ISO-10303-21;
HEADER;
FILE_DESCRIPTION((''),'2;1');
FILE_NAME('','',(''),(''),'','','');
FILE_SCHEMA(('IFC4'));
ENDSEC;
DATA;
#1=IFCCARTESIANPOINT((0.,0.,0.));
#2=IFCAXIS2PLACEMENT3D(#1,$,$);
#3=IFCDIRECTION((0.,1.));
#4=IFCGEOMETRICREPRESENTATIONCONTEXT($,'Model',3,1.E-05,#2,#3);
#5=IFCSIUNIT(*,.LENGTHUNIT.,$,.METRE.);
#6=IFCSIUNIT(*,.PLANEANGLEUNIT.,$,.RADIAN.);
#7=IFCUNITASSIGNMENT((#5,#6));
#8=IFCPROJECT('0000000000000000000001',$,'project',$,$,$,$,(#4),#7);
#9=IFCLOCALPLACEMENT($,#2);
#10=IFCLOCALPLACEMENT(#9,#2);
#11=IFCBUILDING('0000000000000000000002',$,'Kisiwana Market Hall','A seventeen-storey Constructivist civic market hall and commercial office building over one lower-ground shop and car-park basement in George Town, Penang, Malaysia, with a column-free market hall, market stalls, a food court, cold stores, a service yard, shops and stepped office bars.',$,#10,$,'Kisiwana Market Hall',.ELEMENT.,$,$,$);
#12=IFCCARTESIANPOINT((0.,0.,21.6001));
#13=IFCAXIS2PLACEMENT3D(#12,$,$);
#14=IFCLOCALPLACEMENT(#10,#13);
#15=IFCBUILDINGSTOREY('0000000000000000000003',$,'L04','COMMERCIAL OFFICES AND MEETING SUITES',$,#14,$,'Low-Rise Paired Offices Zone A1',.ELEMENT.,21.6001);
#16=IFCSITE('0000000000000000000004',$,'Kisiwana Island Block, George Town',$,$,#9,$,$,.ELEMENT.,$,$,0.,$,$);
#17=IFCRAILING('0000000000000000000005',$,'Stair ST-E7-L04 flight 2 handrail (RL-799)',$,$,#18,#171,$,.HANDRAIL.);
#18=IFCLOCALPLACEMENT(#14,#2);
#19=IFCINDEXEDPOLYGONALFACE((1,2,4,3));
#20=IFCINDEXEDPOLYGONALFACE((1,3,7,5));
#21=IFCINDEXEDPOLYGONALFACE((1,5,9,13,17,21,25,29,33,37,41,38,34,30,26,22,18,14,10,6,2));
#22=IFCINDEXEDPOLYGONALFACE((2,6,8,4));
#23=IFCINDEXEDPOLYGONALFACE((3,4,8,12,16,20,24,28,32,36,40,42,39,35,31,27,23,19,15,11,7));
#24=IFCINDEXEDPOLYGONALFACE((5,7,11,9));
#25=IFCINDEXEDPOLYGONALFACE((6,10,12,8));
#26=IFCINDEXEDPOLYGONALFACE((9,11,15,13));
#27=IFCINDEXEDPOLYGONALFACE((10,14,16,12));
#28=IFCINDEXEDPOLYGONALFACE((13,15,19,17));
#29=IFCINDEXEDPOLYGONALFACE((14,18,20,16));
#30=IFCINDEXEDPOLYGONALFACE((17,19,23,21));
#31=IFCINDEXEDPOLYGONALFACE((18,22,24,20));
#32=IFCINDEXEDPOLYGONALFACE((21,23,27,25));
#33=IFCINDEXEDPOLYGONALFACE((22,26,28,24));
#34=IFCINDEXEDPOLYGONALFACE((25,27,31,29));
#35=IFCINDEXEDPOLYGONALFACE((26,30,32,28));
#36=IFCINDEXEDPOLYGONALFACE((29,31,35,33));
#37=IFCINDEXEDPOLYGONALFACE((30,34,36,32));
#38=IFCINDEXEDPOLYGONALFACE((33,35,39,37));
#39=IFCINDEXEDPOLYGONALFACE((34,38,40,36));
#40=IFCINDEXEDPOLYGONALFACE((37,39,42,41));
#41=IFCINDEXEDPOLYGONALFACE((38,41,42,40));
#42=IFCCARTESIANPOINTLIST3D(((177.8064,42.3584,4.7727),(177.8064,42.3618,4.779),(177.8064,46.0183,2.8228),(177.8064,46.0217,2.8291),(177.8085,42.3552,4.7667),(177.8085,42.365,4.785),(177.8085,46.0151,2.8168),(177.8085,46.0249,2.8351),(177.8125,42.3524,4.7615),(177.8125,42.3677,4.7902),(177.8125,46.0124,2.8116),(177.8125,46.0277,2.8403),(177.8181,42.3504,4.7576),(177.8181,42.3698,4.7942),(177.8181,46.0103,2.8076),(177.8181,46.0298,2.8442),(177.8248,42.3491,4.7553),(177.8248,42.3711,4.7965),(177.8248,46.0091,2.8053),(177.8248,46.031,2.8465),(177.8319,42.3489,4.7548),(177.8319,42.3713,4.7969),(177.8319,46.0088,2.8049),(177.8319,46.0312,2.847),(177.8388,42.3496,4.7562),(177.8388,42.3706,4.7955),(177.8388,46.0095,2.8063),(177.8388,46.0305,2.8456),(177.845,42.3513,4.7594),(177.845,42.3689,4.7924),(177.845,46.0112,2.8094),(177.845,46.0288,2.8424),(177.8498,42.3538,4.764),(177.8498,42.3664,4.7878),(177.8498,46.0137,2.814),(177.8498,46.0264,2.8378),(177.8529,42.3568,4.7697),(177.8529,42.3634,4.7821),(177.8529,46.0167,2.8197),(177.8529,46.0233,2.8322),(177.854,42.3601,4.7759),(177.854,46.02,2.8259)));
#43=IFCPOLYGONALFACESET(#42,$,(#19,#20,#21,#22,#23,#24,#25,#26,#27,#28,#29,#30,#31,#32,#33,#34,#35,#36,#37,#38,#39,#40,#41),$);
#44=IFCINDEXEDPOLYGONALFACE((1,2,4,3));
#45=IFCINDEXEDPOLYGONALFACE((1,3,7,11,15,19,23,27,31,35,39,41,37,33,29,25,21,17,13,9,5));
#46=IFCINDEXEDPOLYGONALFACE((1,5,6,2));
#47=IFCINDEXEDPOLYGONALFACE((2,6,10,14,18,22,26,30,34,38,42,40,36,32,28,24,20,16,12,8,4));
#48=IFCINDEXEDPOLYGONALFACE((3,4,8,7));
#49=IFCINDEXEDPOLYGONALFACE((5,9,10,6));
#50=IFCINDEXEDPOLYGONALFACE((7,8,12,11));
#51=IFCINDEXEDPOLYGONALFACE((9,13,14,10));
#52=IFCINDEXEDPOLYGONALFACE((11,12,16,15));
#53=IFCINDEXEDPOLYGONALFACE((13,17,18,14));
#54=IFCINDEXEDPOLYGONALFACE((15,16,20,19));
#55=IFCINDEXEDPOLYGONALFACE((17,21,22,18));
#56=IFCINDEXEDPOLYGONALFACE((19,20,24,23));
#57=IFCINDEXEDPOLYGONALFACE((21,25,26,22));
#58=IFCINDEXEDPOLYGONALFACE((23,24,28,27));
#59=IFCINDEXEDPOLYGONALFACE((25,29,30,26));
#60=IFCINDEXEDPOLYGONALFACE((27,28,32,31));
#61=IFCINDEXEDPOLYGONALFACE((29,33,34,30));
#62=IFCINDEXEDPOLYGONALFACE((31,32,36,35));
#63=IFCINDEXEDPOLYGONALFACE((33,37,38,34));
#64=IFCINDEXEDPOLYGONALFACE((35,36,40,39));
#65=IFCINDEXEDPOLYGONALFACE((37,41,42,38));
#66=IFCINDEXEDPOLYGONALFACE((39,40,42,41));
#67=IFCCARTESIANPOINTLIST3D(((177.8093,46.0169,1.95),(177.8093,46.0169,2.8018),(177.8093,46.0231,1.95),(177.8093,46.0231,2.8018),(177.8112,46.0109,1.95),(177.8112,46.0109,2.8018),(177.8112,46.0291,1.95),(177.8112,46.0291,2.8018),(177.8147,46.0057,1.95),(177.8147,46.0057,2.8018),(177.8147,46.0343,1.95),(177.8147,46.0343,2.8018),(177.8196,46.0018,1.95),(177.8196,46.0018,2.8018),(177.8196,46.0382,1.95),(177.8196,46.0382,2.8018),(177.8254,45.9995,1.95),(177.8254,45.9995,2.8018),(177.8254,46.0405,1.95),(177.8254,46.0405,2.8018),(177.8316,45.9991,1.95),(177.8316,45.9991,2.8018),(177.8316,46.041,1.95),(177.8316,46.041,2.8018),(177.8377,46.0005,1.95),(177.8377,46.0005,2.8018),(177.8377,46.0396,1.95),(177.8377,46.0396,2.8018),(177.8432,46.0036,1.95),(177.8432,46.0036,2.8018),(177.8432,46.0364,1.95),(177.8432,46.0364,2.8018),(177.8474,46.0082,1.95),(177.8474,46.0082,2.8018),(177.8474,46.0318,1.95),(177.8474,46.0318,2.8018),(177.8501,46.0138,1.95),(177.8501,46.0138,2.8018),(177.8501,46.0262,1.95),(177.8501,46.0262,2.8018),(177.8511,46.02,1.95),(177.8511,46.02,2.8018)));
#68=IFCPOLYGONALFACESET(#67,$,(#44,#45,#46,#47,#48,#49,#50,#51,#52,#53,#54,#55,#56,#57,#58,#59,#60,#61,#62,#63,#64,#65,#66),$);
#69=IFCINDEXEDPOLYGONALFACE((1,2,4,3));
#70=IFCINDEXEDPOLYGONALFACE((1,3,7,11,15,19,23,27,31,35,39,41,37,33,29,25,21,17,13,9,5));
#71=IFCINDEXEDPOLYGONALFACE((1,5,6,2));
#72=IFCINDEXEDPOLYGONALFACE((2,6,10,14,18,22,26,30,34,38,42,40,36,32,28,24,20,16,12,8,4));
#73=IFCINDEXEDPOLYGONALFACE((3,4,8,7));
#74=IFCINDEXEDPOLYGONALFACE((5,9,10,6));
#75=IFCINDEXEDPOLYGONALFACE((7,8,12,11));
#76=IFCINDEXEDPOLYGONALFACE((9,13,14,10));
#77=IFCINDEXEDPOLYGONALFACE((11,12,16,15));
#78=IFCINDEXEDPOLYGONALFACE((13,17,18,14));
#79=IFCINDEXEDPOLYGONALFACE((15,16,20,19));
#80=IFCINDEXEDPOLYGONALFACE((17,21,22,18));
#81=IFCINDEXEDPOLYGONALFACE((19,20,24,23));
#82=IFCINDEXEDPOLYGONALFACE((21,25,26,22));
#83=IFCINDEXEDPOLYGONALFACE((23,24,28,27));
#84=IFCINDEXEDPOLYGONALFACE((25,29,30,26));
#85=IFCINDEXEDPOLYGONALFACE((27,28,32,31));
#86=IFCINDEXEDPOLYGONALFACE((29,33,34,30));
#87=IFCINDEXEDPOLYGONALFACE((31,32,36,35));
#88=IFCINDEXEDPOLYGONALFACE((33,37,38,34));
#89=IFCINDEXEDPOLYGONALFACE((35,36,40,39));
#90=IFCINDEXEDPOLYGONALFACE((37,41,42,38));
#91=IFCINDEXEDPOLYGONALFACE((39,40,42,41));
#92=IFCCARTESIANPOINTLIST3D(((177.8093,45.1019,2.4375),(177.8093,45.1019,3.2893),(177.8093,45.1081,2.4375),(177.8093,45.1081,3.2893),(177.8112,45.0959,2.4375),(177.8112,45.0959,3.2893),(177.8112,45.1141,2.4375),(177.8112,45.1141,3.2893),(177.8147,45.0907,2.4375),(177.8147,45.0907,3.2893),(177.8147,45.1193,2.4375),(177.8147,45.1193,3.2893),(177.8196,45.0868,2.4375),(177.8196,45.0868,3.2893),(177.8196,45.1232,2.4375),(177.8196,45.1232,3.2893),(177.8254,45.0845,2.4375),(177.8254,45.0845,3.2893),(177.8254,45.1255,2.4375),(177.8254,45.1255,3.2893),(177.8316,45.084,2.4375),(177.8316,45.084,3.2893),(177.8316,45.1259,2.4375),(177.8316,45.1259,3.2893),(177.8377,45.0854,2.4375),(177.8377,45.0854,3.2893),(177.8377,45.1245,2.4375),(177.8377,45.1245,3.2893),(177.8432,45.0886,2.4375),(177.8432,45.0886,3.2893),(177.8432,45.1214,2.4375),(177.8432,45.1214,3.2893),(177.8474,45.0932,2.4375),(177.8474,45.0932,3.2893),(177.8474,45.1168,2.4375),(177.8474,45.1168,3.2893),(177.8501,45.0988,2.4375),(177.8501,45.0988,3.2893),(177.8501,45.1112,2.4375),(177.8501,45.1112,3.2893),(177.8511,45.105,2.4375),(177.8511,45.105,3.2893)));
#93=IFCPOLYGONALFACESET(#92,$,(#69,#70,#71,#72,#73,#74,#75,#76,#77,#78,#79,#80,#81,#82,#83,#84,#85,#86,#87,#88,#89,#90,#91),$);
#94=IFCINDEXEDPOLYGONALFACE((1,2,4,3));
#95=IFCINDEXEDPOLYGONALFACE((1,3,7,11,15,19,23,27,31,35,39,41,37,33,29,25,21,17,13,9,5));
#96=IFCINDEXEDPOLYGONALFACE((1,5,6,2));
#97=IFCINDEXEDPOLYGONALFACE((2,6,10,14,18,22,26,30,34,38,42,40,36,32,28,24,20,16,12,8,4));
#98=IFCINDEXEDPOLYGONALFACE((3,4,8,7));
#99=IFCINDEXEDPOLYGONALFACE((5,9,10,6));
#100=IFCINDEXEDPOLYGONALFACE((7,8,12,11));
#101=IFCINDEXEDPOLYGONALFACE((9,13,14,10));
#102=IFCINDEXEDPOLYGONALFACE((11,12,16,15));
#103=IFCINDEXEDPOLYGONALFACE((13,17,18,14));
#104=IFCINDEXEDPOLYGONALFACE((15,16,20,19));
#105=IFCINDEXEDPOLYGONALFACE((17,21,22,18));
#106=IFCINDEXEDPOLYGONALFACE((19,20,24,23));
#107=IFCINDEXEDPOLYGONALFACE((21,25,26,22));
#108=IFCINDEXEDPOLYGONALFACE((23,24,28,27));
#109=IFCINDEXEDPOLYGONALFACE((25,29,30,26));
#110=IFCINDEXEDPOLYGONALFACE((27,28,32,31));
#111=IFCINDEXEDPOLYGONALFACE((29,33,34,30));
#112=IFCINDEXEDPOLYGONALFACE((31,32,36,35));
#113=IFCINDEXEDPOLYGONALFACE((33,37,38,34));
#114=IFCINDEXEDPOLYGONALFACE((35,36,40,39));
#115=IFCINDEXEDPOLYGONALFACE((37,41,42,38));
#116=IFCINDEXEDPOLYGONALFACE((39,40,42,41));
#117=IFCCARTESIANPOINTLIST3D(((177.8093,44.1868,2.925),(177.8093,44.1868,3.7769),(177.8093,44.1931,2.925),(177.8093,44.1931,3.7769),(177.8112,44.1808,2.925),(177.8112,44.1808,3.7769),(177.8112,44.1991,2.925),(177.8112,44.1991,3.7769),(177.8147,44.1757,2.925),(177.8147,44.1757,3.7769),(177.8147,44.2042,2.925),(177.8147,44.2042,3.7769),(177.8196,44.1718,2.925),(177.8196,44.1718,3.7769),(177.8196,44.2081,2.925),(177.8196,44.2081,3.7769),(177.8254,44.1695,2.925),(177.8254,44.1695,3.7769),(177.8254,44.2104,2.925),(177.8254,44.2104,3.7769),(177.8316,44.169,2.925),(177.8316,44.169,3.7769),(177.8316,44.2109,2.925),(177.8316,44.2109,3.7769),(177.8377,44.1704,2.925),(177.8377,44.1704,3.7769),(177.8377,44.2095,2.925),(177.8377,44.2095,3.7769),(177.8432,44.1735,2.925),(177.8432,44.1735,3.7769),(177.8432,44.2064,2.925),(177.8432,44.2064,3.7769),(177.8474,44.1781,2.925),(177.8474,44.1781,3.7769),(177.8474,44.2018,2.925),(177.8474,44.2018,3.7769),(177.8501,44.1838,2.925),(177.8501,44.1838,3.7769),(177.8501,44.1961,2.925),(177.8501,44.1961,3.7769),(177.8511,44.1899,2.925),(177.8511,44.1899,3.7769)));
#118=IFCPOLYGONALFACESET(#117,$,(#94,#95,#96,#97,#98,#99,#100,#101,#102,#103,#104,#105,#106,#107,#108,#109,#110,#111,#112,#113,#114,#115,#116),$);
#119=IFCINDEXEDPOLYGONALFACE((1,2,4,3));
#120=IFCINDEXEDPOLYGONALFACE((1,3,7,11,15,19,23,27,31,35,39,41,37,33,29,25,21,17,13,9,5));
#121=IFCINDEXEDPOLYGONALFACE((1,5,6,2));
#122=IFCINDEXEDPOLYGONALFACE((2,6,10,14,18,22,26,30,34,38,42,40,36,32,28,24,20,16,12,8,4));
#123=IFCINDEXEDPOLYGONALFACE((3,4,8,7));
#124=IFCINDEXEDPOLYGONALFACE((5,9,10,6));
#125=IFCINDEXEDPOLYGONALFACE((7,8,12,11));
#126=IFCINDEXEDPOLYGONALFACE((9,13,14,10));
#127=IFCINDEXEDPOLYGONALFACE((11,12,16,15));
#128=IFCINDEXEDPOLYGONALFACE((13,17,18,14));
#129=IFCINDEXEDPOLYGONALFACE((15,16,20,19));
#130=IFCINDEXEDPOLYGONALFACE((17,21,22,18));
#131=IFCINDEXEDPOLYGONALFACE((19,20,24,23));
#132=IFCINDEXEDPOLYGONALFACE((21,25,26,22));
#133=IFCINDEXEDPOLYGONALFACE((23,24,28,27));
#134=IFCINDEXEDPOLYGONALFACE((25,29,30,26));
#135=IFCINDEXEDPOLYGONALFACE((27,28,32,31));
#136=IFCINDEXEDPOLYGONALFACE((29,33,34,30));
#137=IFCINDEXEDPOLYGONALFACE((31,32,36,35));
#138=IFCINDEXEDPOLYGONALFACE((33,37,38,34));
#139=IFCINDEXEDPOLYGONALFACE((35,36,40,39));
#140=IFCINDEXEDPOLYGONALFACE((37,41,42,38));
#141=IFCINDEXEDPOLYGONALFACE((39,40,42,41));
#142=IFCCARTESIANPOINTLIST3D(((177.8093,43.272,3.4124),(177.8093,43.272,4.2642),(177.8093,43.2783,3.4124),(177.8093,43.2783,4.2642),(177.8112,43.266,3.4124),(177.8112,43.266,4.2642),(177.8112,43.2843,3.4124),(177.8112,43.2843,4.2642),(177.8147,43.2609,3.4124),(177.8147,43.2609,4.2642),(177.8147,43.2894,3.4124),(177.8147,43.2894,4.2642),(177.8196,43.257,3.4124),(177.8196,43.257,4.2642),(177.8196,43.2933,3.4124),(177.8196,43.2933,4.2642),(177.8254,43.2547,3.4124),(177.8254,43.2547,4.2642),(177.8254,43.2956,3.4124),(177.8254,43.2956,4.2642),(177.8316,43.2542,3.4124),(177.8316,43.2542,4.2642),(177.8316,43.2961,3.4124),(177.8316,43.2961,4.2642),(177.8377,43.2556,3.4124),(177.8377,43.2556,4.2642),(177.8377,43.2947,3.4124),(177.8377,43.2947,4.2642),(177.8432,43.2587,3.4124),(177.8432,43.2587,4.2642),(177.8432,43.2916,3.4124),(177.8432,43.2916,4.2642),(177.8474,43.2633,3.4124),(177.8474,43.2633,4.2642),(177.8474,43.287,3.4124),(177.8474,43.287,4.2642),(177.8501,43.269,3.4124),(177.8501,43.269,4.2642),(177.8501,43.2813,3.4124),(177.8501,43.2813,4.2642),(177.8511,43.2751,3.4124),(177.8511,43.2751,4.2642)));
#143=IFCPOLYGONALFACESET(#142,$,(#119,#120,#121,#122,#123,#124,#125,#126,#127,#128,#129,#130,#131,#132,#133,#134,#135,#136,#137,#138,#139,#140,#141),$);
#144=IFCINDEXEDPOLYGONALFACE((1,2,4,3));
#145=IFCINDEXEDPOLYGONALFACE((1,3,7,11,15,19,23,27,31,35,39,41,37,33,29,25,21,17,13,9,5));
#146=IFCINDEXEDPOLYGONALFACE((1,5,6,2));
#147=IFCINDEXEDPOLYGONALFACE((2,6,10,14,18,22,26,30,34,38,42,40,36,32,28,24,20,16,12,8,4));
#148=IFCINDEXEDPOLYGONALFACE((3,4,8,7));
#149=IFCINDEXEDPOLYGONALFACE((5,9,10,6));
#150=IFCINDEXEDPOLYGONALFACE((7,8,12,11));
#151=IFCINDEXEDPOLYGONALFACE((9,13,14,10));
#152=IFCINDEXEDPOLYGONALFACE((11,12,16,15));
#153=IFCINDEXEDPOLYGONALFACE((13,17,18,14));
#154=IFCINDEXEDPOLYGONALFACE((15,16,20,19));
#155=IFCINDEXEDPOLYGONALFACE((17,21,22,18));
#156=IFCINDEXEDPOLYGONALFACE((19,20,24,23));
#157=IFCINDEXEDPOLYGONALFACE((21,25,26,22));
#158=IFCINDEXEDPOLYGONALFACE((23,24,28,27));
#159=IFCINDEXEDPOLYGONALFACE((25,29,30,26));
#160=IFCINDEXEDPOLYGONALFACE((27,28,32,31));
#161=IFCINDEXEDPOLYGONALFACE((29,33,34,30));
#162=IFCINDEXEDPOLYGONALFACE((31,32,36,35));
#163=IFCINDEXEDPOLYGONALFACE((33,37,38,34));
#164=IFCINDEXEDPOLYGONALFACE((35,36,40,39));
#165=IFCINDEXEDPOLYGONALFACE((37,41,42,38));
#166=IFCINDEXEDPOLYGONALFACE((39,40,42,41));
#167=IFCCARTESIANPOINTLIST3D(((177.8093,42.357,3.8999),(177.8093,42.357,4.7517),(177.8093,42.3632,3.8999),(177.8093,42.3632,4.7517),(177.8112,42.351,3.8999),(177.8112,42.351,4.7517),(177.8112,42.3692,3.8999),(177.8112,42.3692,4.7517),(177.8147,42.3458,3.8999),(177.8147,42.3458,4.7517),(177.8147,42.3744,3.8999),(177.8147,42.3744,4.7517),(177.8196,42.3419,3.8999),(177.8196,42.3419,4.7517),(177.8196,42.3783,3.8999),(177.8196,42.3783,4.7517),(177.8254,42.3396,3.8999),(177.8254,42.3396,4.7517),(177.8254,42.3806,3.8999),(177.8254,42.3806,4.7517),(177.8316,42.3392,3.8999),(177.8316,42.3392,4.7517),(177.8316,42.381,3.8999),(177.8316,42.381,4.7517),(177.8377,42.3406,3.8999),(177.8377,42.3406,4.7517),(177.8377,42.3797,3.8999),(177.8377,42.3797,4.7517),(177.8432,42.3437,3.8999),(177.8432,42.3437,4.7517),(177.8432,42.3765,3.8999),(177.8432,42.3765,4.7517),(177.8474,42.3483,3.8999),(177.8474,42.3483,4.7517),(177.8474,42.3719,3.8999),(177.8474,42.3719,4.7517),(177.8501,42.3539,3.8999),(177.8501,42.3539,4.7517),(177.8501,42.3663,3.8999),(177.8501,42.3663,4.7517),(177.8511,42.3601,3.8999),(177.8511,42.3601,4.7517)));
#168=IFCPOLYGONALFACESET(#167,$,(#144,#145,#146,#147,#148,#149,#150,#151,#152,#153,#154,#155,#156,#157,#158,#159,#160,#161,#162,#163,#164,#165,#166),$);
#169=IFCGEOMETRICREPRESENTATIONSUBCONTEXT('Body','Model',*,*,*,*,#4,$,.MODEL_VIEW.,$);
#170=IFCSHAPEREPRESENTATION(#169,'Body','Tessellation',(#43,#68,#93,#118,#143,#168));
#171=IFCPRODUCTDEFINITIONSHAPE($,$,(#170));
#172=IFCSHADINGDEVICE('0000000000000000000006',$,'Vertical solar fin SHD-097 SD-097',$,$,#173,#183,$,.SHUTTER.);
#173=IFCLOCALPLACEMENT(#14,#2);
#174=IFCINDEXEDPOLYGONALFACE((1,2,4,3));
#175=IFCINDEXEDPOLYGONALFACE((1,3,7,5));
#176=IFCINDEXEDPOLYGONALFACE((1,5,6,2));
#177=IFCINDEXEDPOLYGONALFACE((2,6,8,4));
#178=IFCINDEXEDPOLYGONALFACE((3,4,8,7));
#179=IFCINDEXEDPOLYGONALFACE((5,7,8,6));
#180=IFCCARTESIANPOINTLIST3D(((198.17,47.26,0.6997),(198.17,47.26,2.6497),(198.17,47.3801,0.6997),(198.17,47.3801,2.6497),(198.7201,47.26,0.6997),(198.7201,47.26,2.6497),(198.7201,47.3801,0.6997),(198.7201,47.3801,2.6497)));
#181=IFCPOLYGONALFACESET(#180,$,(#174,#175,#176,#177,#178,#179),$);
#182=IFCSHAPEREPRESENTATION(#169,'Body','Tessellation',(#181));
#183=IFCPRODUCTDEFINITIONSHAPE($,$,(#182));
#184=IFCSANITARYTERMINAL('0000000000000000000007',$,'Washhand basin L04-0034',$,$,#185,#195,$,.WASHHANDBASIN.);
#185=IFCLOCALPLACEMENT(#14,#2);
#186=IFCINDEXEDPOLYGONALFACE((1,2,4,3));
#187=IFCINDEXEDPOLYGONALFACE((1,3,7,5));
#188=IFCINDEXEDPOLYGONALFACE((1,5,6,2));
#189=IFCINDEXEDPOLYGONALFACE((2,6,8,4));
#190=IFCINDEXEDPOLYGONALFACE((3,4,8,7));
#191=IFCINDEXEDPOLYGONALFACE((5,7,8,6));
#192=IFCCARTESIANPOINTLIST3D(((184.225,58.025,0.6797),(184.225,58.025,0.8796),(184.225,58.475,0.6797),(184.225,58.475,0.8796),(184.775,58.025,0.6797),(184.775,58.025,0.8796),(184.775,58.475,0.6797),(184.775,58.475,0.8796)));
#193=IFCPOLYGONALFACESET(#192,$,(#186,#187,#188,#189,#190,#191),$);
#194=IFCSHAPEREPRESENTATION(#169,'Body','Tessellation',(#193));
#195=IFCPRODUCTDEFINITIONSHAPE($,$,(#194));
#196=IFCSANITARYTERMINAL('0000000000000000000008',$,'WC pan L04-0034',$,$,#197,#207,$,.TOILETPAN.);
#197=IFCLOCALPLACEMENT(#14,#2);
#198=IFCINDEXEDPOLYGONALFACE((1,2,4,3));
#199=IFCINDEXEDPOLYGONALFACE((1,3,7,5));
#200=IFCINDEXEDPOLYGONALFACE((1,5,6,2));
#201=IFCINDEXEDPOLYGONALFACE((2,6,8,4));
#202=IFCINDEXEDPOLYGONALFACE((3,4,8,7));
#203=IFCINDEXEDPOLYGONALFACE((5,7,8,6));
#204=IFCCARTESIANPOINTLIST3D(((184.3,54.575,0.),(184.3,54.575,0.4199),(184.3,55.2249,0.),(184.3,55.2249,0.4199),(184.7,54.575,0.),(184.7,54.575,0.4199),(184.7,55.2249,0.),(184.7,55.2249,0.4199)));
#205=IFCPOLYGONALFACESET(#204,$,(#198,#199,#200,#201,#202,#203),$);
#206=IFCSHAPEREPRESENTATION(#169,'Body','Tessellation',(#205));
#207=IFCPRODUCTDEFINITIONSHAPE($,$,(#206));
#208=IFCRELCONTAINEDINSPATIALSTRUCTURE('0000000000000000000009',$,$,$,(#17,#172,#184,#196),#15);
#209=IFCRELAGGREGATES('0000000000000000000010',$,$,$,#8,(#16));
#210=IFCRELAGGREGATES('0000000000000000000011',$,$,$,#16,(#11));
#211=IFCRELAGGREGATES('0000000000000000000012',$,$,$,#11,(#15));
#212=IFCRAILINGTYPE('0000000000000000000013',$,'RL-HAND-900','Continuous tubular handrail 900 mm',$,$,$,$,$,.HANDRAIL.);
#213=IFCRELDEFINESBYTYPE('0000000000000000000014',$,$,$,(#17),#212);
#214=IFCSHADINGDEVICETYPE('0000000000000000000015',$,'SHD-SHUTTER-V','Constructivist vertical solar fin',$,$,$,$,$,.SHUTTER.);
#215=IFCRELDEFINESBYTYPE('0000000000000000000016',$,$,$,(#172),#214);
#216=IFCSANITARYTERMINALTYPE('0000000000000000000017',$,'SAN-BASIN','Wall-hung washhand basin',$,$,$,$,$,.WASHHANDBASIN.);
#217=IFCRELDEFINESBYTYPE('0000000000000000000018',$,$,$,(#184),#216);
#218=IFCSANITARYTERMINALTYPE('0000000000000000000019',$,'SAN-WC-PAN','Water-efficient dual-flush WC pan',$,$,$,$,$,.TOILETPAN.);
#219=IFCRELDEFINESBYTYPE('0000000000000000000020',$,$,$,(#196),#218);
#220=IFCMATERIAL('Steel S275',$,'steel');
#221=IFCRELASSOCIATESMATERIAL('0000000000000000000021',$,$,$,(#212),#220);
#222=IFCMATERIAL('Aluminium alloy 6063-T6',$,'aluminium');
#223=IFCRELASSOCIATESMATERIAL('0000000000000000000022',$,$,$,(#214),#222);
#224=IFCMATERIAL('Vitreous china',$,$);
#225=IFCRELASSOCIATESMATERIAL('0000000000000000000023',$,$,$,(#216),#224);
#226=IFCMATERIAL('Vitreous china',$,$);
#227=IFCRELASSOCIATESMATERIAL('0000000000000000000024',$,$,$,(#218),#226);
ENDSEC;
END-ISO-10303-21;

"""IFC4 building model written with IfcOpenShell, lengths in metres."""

from ifc_helpers import new_model, si_unit, direction, frame, origin, origin_2d, place, context, subcontext, project, spatial, rectangle, circle, extrude, material, type_object, element, save


model = new_model("IFC4")

# Units and contexts
model_context = context("Model", 3, precision=1e-05, world=origin(), true_north=direction((0.0, 1.0)))
body_context = subcontext(model_context, "Body", "Model", "MODEL_VIEW")
ifc_project = project(units=[si_unit("LENGTHUNIT", "METRE"), si_unit("PLANEANGLEUNIT", "RADIAN")], contexts=[model_context])

# Site, building, storey
site_placement = place(None, origin())
site = spatial("IfcSite", under=ifc_project, at=site_placement, Name="Kisiwana Island Block, George Town", CompositionType="ELEMENT", RefElevation=0.0)
building_placement = place(site_placement, origin())
building = spatial("IfcBuilding", under=site, at=building_placement, Name="Kisiwana Market Hall", Description="A seventeen-storey Constructivist civic market hall and commercial office building over one lower-ground shop and car-park basement in George Town, Penang, Malaysia, with a column-free market hall, market stalls, a food court, cold stores, a service yard, shops and stepped office bars.", LongName="Kisiwana Market Hall", CompositionType="ELEMENT")
storey_placement = place(building_placement, frame((0.0, 0.0, 21.6001)))
storey = spatial("IfcBuildingStorey", under=building, at=storey_placement, Name="L04", Description="COMMERCIAL OFFICES AND MEETING SUITES", LongName="Low-Rise Paired Offices Zone A1", CompositionType="ELEMENT", Elevation=21.6001)

# Railing
ifc_material_1 = material(Name="Steel S275", Category="steel")
railing_type_1 = type_object("IfcRailingType", Name="RL-HAND-900", Description="Continuous tubular handrail 900 mm", PredefinedType="HANDRAIL", material=ifc_material_1)
for number, where, name in (
    (1, (177.8301, 46.02, 1.95), "Stair ST-E7-L04 flight 2 handrail (RL-799)"),
):
    element("IfcRailing", number, at=place(storey_placement, frame(where)), inside=storey, type_object=railing_type_1, Name=name, PredefinedType="HANDRAIL", context=body_context, shape_type="SweptSolid", body=[
        extrude(circle(Radius=0.0239, at=origin_2d()), frame((0.0, 0.0, 0.876), z_axis=(0.0, -0.882553, 0.470212), x_axis=(1.0, 0.0, 0.0)), (0.0, 0.0, 1.0), 4.147),
        extrude(circle(Radius=0.021, at=origin_2d()), origin(), (0.0, 0.0, 1.0), 0.8518),
        extrude(circle(Radius=0.021, at=origin_2d()), frame((0.0, -0.915, 0.4875)), (0.0, 0.0, 1.0), 0.8518),
        extrude(circle(Radius=0.021, at=origin_2d()), frame((0.0, -1.8301, 0.9751)), (0.0, 0.0, 1.0), 0.8518),
        extrude(circle(Radius=0.021, at=origin_2d()), frame((0.0, -2.7449, 1.4624)), (0.0, 0.0, 1.0), 0.8518),
        extrude(circle(Radius=0.021, at=origin_2d()), frame((0.0, -3.6599, 1.95)), (0.0, 0.0, 1.0), 0.8518),
    ])

# Shading device
ifc_material_2 = material(Name="Aluminium alloy 6063-T6", Category="aluminium")
shading_device_type = type_object("IfcShadingDeviceType", Name="SHD-SHUTTER-V", Description="Constructivist vertical solar fin", PredefinedType="SHUTTER", material=ifc_material_2)
shading_device_placement = place(storey_placement, frame((198.4451, 47.3201, 0.6997), z_axis=(0.0, 0.0, 1.0), x_axis=(0.0, 1.0, 0.0)))
element("IfcShadingDevice", 2, at=shading_device_placement, inside=storey, type_object=shading_device_type, Name="Vertical solar fin SHD-097 SD-097", PredefinedType="SHUTTER", context=body_context, shape_type="SweptSolid", body=[
    extrude(rectangle(XDim=0.1201, YDim=0.55, at=origin_2d()), origin(), (0.0, 0.0, 1.0), 1.95),
])

# Sanitary terminals
ifc_material_3 = material(Name="Vitreous china")
sanitary_terminal_type_1 = type_object("IfcSanitaryTerminalType", Name="SAN-BASIN", Description="Wall-hung washhand basin", PredefinedType="WASHHANDBASIN", material=ifc_material_3)
sanitary_terminal_placement = place(storey_placement, frame((184.5, 58.25, 0.6797), z_axis=(0.0, 0.0, 1.0), x_axis=(1.0, 0.0, 0.0)))
element("IfcSanitaryTerminal", 3, at=sanitary_terminal_placement, inside=storey, type_object=sanitary_terminal_type_1, Name="Washhand basin L04-0034", PredefinedType="WASHHANDBASIN", context=body_context, shape_type="SweptSolid", body=[
    extrude(rectangle(XDim=0.55, YDim=0.45, at=origin_2d()), origin(), (0.0, 0.0, 1.0), 0.2),
])
ifc_material_4 = material(Name="Vitreous china")
sanitary_terminal_type_2 = type_object("IfcSanitaryTerminalType", Name="SAN-WC-PAN", Description="Water-efficient dual-flush WC pan", PredefinedType="TOILETPAN", material=ifc_material_4)
for number, where, z_axis, x_axis, name in (
    (4, (184.5, 54.8999, 0.0), (0.0, 0.0, 1.0), (1.0, 0.0, 0.0), "WC pan L04-0034"),
):
    element("IfcSanitaryTerminal", number, at=place(storey_placement, frame(where, z_axis=z_axis, x_axis=x_axis)), inside=storey, type_object=sanitary_terminal_type_2, Name=name, PredefinedType="TOILETPAN", context=body_context, shape_type="SweptSolid", body=[
        extrude(rectangle(XDim=0.3999, YDim=0.6499, at=origin_2d()), origin(), (0.0, 0.0, 1.0), 0.4199),
    ])

save(model, "model.ifc")
